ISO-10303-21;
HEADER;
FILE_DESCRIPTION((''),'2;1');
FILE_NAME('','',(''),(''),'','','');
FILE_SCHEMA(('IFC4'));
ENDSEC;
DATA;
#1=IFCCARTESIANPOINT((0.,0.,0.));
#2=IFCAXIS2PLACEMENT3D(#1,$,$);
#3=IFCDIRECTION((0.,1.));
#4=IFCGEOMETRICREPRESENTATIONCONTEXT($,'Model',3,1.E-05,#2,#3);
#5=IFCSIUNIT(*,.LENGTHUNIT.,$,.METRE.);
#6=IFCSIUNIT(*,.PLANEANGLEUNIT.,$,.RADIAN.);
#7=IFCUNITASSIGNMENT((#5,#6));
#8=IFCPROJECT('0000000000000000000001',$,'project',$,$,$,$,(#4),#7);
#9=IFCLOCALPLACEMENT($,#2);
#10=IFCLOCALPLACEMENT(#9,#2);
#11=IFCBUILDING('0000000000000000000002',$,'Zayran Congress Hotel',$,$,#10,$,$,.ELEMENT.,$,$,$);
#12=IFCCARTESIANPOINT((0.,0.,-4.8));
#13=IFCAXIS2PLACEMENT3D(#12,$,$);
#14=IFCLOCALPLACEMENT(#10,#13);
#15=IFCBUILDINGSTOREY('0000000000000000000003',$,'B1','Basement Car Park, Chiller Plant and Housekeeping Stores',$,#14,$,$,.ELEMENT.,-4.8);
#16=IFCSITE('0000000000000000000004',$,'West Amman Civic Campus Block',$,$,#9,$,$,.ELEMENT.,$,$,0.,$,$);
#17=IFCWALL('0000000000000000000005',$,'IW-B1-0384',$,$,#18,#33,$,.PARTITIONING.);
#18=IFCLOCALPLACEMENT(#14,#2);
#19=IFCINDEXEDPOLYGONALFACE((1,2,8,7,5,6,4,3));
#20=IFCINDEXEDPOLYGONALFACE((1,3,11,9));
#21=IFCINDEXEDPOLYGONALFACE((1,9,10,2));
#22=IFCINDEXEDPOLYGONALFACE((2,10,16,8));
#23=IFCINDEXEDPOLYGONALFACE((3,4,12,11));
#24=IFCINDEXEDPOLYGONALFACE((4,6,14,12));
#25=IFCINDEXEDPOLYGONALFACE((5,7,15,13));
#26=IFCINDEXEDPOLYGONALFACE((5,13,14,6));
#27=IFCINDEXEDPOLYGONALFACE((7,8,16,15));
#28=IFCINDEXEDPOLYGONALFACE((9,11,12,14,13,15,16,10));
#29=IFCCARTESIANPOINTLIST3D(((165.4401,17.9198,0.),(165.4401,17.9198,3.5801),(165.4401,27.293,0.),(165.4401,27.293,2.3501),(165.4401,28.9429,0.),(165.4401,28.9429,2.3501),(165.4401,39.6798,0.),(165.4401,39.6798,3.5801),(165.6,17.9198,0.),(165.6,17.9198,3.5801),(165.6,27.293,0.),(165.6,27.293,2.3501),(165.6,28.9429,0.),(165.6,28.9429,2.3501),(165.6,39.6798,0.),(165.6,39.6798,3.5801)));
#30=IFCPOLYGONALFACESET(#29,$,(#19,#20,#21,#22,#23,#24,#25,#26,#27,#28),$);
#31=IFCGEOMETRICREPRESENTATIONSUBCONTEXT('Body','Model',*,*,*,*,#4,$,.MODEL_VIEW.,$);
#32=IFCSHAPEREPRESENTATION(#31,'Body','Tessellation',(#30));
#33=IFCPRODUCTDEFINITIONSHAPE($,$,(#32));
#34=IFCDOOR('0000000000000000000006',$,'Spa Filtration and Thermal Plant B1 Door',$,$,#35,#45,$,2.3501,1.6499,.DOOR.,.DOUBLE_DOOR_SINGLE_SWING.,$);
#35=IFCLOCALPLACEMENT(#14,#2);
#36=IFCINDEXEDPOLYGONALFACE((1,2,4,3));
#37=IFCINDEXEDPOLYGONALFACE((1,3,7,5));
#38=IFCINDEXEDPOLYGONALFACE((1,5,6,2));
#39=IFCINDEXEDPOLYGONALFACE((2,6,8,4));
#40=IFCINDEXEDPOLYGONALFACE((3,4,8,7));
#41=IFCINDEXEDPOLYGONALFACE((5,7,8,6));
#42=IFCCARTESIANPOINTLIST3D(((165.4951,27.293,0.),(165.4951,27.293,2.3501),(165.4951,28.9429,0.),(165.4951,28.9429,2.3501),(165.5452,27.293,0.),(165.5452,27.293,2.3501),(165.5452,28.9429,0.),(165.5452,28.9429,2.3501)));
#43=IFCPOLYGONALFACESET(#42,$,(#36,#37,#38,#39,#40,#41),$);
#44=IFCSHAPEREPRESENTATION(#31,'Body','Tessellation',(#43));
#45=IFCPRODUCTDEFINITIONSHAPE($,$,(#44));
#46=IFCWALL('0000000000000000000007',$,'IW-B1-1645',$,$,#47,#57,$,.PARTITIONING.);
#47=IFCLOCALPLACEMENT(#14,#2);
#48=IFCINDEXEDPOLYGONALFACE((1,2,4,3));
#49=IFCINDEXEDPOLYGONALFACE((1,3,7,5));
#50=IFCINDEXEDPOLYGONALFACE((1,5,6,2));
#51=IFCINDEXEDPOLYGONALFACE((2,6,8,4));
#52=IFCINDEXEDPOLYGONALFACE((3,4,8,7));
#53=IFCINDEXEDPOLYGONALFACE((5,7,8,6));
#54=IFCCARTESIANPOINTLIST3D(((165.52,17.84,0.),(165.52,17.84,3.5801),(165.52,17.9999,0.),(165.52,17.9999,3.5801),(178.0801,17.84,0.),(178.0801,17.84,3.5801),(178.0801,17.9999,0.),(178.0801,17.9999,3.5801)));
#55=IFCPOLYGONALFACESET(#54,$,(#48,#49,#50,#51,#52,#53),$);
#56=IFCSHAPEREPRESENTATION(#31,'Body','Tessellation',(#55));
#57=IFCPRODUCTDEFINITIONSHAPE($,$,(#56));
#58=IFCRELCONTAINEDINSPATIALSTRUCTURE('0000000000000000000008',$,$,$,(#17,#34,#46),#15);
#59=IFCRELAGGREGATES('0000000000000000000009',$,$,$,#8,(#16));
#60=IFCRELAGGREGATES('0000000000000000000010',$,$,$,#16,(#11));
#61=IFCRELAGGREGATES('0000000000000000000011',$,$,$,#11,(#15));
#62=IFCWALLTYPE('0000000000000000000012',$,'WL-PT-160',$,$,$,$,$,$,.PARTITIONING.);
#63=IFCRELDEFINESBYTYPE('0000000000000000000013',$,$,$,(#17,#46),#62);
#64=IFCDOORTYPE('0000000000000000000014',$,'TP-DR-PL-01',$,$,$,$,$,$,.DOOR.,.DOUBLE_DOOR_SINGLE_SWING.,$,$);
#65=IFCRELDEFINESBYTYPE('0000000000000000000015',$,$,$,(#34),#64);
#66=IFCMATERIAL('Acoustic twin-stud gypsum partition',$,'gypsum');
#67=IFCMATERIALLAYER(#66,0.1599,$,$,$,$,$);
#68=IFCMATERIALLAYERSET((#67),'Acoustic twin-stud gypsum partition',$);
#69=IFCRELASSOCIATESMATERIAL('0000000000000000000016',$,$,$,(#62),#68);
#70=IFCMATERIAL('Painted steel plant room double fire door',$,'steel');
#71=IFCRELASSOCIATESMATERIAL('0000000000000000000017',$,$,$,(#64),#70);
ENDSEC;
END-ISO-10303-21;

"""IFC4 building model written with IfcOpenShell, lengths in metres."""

from ifc_helpers import new_model, si_unit, direction, frame, frame_2d, origin, place, context, subcontext, project, spatial, rectangle, extrude, material, layer, layer_set, type_object, element, fill, save


model = new_model("IFC4")

# Units and contexts
model_context = context("Model", 3, precision=1e-05, world=origin(), true_north=direction((0.0, 1.0)))
body_context = subcontext(model_context, "Body", "Model", "MODEL_VIEW")
ifc_project = project(units=[si_unit("LENGTHUNIT", "METRE"), si_unit("PLANEANGLEUNIT", "RADIAN")], contexts=[model_context])

# Site, building, storey
site_placement = place(None, origin())
site = spatial("IfcSite", under=ifc_project, at=site_placement, Name="West Amman Civic Campus Block", CompositionType="ELEMENT", RefElevation=0.0)
building_placement = place(site_placement, origin())
building = spatial("IfcBuilding", under=site, at=building_placement, Name="Zayran Congress Hotel", CompositionType="ELEMENT")
storey_placement = place(building_placement, frame((0.0, 0.0, -4.8)))
storey = spatial("IfcBuildingStorey", under=building, at=storey_placement, Name="B1", Description="Basement Car Park, Chiller Plant and Housekeeping Stores", CompositionType="ELEMENT", Elevation=-4.8)

# Wall, opening, door
ifc_material_1 = material(Name="Acoustic twin-stud gypsum partition", Category="gypsum")
ifc_layer = layer(ifc_material_1, 0.1599)
ifc_layer_set = layer_set([ifc_layer], Name="Acoustic twin-stud gypsum partition")
wall_type = type_object("IfcWallType", Name="WL-PT-160", PredefinedType="PARTITIONING", material=ifc_layer_set)
wall_1_placement = place(storey_placement, frame((165.52, 17.9199, 0.0), z_axis=(0.0, 0.0, 1.0), x_axis=(0.0, 1.0, 0.0)))
wall_1 = element("IfcWall", 1, at=wall_1_placement, inside=storey, type_object=wall_type, Name="IW-B1-0384", PredefinedType="PARTITIONING", context=body_context, shape_type="SweptSolid", body=[
    extrude(rectangle(XDim=21.76, YDim=0.1599, at=frame_2d((10.8799, 0.0))), origin(), (0.0, 0.0, 1.0), 3.5801),
])
opening_placement = place(wall_1_placement, frame((9.373, 0.0, 0.0)))
opening = element("IfcOpeningElement", 2, at=opening_placement, cuts=wall_1, PredefinedType="OPENING", context=body_context, shape_type="SweptSolid", body=[
    extrude(rectangle(XDim=1.6499, YDim=2.3501, at=frame_2d((0.825, 1.175))), frame((0.0, 0.0898, 0.0), z_axis=(0.0, -1.0, 0.0), x_axis=(1.0, 0.0, 0.0)), (0.0, 0.0, 1.0), 0.1799),
])
ifc_material_2 = material(Name="Painted steel plant room double fire door", Category="steel")
door_type = type_object("IfcDoorType", Name="TP-DR-PL-01", OperationType="DOUBLE_DOOR_SINGLE_SWING", PredefinedType="DOOR", material=ifc_material_2)
door_placement = place(opening_placement, origin())
door = element("IfcDoor", 3, at=door_placement, inside=storey, type_object=door_type, Name="Spa Filtration and Thermal Plant B1 Door", OperationType="DOUBLE_DOOR_SINGLE_SWING", OverallHeight=2.3501, OverallWidth=1.6499, PredefinedType="DOOR", context=body_context, shape_type="SweptSolid", body=[
    extrude(rectangle(XDim=1.6499, YDim=2.3501, at=frame_2d((0.825, 1.175))), frame((0.0, 0.0249, 0.0), z_axis=(0.0, -1.0, 0.0), x_axis=(1.0, 0.0, 0.0)), (0.0, 0.0, 1.0), 0.05),
])
fill(opening, door)

# Wall
wall_2_placement = place(storey_placement, frame((165.52, 17.9199, 0.0), z_axis=(0.0, 0.0, 1.0), x_axis=(1.0, 0.0, 0.0)))
element("IfcWall", 4, at=wall_2_placement, inside=storey, type_object=wall_type, Name="IW-B1-1645", PredefinedType="PARTITIONING", context=body_context, shape_type="SweptSolid", body=[
    extrude(rectangle(XDim=12.5601, YDim=0.1599, at=frame_2d((6.28, 0.0))), origin(), (0.0, 0.0, 1.0), 3.5801),
])

save(model, "model.ifc")
